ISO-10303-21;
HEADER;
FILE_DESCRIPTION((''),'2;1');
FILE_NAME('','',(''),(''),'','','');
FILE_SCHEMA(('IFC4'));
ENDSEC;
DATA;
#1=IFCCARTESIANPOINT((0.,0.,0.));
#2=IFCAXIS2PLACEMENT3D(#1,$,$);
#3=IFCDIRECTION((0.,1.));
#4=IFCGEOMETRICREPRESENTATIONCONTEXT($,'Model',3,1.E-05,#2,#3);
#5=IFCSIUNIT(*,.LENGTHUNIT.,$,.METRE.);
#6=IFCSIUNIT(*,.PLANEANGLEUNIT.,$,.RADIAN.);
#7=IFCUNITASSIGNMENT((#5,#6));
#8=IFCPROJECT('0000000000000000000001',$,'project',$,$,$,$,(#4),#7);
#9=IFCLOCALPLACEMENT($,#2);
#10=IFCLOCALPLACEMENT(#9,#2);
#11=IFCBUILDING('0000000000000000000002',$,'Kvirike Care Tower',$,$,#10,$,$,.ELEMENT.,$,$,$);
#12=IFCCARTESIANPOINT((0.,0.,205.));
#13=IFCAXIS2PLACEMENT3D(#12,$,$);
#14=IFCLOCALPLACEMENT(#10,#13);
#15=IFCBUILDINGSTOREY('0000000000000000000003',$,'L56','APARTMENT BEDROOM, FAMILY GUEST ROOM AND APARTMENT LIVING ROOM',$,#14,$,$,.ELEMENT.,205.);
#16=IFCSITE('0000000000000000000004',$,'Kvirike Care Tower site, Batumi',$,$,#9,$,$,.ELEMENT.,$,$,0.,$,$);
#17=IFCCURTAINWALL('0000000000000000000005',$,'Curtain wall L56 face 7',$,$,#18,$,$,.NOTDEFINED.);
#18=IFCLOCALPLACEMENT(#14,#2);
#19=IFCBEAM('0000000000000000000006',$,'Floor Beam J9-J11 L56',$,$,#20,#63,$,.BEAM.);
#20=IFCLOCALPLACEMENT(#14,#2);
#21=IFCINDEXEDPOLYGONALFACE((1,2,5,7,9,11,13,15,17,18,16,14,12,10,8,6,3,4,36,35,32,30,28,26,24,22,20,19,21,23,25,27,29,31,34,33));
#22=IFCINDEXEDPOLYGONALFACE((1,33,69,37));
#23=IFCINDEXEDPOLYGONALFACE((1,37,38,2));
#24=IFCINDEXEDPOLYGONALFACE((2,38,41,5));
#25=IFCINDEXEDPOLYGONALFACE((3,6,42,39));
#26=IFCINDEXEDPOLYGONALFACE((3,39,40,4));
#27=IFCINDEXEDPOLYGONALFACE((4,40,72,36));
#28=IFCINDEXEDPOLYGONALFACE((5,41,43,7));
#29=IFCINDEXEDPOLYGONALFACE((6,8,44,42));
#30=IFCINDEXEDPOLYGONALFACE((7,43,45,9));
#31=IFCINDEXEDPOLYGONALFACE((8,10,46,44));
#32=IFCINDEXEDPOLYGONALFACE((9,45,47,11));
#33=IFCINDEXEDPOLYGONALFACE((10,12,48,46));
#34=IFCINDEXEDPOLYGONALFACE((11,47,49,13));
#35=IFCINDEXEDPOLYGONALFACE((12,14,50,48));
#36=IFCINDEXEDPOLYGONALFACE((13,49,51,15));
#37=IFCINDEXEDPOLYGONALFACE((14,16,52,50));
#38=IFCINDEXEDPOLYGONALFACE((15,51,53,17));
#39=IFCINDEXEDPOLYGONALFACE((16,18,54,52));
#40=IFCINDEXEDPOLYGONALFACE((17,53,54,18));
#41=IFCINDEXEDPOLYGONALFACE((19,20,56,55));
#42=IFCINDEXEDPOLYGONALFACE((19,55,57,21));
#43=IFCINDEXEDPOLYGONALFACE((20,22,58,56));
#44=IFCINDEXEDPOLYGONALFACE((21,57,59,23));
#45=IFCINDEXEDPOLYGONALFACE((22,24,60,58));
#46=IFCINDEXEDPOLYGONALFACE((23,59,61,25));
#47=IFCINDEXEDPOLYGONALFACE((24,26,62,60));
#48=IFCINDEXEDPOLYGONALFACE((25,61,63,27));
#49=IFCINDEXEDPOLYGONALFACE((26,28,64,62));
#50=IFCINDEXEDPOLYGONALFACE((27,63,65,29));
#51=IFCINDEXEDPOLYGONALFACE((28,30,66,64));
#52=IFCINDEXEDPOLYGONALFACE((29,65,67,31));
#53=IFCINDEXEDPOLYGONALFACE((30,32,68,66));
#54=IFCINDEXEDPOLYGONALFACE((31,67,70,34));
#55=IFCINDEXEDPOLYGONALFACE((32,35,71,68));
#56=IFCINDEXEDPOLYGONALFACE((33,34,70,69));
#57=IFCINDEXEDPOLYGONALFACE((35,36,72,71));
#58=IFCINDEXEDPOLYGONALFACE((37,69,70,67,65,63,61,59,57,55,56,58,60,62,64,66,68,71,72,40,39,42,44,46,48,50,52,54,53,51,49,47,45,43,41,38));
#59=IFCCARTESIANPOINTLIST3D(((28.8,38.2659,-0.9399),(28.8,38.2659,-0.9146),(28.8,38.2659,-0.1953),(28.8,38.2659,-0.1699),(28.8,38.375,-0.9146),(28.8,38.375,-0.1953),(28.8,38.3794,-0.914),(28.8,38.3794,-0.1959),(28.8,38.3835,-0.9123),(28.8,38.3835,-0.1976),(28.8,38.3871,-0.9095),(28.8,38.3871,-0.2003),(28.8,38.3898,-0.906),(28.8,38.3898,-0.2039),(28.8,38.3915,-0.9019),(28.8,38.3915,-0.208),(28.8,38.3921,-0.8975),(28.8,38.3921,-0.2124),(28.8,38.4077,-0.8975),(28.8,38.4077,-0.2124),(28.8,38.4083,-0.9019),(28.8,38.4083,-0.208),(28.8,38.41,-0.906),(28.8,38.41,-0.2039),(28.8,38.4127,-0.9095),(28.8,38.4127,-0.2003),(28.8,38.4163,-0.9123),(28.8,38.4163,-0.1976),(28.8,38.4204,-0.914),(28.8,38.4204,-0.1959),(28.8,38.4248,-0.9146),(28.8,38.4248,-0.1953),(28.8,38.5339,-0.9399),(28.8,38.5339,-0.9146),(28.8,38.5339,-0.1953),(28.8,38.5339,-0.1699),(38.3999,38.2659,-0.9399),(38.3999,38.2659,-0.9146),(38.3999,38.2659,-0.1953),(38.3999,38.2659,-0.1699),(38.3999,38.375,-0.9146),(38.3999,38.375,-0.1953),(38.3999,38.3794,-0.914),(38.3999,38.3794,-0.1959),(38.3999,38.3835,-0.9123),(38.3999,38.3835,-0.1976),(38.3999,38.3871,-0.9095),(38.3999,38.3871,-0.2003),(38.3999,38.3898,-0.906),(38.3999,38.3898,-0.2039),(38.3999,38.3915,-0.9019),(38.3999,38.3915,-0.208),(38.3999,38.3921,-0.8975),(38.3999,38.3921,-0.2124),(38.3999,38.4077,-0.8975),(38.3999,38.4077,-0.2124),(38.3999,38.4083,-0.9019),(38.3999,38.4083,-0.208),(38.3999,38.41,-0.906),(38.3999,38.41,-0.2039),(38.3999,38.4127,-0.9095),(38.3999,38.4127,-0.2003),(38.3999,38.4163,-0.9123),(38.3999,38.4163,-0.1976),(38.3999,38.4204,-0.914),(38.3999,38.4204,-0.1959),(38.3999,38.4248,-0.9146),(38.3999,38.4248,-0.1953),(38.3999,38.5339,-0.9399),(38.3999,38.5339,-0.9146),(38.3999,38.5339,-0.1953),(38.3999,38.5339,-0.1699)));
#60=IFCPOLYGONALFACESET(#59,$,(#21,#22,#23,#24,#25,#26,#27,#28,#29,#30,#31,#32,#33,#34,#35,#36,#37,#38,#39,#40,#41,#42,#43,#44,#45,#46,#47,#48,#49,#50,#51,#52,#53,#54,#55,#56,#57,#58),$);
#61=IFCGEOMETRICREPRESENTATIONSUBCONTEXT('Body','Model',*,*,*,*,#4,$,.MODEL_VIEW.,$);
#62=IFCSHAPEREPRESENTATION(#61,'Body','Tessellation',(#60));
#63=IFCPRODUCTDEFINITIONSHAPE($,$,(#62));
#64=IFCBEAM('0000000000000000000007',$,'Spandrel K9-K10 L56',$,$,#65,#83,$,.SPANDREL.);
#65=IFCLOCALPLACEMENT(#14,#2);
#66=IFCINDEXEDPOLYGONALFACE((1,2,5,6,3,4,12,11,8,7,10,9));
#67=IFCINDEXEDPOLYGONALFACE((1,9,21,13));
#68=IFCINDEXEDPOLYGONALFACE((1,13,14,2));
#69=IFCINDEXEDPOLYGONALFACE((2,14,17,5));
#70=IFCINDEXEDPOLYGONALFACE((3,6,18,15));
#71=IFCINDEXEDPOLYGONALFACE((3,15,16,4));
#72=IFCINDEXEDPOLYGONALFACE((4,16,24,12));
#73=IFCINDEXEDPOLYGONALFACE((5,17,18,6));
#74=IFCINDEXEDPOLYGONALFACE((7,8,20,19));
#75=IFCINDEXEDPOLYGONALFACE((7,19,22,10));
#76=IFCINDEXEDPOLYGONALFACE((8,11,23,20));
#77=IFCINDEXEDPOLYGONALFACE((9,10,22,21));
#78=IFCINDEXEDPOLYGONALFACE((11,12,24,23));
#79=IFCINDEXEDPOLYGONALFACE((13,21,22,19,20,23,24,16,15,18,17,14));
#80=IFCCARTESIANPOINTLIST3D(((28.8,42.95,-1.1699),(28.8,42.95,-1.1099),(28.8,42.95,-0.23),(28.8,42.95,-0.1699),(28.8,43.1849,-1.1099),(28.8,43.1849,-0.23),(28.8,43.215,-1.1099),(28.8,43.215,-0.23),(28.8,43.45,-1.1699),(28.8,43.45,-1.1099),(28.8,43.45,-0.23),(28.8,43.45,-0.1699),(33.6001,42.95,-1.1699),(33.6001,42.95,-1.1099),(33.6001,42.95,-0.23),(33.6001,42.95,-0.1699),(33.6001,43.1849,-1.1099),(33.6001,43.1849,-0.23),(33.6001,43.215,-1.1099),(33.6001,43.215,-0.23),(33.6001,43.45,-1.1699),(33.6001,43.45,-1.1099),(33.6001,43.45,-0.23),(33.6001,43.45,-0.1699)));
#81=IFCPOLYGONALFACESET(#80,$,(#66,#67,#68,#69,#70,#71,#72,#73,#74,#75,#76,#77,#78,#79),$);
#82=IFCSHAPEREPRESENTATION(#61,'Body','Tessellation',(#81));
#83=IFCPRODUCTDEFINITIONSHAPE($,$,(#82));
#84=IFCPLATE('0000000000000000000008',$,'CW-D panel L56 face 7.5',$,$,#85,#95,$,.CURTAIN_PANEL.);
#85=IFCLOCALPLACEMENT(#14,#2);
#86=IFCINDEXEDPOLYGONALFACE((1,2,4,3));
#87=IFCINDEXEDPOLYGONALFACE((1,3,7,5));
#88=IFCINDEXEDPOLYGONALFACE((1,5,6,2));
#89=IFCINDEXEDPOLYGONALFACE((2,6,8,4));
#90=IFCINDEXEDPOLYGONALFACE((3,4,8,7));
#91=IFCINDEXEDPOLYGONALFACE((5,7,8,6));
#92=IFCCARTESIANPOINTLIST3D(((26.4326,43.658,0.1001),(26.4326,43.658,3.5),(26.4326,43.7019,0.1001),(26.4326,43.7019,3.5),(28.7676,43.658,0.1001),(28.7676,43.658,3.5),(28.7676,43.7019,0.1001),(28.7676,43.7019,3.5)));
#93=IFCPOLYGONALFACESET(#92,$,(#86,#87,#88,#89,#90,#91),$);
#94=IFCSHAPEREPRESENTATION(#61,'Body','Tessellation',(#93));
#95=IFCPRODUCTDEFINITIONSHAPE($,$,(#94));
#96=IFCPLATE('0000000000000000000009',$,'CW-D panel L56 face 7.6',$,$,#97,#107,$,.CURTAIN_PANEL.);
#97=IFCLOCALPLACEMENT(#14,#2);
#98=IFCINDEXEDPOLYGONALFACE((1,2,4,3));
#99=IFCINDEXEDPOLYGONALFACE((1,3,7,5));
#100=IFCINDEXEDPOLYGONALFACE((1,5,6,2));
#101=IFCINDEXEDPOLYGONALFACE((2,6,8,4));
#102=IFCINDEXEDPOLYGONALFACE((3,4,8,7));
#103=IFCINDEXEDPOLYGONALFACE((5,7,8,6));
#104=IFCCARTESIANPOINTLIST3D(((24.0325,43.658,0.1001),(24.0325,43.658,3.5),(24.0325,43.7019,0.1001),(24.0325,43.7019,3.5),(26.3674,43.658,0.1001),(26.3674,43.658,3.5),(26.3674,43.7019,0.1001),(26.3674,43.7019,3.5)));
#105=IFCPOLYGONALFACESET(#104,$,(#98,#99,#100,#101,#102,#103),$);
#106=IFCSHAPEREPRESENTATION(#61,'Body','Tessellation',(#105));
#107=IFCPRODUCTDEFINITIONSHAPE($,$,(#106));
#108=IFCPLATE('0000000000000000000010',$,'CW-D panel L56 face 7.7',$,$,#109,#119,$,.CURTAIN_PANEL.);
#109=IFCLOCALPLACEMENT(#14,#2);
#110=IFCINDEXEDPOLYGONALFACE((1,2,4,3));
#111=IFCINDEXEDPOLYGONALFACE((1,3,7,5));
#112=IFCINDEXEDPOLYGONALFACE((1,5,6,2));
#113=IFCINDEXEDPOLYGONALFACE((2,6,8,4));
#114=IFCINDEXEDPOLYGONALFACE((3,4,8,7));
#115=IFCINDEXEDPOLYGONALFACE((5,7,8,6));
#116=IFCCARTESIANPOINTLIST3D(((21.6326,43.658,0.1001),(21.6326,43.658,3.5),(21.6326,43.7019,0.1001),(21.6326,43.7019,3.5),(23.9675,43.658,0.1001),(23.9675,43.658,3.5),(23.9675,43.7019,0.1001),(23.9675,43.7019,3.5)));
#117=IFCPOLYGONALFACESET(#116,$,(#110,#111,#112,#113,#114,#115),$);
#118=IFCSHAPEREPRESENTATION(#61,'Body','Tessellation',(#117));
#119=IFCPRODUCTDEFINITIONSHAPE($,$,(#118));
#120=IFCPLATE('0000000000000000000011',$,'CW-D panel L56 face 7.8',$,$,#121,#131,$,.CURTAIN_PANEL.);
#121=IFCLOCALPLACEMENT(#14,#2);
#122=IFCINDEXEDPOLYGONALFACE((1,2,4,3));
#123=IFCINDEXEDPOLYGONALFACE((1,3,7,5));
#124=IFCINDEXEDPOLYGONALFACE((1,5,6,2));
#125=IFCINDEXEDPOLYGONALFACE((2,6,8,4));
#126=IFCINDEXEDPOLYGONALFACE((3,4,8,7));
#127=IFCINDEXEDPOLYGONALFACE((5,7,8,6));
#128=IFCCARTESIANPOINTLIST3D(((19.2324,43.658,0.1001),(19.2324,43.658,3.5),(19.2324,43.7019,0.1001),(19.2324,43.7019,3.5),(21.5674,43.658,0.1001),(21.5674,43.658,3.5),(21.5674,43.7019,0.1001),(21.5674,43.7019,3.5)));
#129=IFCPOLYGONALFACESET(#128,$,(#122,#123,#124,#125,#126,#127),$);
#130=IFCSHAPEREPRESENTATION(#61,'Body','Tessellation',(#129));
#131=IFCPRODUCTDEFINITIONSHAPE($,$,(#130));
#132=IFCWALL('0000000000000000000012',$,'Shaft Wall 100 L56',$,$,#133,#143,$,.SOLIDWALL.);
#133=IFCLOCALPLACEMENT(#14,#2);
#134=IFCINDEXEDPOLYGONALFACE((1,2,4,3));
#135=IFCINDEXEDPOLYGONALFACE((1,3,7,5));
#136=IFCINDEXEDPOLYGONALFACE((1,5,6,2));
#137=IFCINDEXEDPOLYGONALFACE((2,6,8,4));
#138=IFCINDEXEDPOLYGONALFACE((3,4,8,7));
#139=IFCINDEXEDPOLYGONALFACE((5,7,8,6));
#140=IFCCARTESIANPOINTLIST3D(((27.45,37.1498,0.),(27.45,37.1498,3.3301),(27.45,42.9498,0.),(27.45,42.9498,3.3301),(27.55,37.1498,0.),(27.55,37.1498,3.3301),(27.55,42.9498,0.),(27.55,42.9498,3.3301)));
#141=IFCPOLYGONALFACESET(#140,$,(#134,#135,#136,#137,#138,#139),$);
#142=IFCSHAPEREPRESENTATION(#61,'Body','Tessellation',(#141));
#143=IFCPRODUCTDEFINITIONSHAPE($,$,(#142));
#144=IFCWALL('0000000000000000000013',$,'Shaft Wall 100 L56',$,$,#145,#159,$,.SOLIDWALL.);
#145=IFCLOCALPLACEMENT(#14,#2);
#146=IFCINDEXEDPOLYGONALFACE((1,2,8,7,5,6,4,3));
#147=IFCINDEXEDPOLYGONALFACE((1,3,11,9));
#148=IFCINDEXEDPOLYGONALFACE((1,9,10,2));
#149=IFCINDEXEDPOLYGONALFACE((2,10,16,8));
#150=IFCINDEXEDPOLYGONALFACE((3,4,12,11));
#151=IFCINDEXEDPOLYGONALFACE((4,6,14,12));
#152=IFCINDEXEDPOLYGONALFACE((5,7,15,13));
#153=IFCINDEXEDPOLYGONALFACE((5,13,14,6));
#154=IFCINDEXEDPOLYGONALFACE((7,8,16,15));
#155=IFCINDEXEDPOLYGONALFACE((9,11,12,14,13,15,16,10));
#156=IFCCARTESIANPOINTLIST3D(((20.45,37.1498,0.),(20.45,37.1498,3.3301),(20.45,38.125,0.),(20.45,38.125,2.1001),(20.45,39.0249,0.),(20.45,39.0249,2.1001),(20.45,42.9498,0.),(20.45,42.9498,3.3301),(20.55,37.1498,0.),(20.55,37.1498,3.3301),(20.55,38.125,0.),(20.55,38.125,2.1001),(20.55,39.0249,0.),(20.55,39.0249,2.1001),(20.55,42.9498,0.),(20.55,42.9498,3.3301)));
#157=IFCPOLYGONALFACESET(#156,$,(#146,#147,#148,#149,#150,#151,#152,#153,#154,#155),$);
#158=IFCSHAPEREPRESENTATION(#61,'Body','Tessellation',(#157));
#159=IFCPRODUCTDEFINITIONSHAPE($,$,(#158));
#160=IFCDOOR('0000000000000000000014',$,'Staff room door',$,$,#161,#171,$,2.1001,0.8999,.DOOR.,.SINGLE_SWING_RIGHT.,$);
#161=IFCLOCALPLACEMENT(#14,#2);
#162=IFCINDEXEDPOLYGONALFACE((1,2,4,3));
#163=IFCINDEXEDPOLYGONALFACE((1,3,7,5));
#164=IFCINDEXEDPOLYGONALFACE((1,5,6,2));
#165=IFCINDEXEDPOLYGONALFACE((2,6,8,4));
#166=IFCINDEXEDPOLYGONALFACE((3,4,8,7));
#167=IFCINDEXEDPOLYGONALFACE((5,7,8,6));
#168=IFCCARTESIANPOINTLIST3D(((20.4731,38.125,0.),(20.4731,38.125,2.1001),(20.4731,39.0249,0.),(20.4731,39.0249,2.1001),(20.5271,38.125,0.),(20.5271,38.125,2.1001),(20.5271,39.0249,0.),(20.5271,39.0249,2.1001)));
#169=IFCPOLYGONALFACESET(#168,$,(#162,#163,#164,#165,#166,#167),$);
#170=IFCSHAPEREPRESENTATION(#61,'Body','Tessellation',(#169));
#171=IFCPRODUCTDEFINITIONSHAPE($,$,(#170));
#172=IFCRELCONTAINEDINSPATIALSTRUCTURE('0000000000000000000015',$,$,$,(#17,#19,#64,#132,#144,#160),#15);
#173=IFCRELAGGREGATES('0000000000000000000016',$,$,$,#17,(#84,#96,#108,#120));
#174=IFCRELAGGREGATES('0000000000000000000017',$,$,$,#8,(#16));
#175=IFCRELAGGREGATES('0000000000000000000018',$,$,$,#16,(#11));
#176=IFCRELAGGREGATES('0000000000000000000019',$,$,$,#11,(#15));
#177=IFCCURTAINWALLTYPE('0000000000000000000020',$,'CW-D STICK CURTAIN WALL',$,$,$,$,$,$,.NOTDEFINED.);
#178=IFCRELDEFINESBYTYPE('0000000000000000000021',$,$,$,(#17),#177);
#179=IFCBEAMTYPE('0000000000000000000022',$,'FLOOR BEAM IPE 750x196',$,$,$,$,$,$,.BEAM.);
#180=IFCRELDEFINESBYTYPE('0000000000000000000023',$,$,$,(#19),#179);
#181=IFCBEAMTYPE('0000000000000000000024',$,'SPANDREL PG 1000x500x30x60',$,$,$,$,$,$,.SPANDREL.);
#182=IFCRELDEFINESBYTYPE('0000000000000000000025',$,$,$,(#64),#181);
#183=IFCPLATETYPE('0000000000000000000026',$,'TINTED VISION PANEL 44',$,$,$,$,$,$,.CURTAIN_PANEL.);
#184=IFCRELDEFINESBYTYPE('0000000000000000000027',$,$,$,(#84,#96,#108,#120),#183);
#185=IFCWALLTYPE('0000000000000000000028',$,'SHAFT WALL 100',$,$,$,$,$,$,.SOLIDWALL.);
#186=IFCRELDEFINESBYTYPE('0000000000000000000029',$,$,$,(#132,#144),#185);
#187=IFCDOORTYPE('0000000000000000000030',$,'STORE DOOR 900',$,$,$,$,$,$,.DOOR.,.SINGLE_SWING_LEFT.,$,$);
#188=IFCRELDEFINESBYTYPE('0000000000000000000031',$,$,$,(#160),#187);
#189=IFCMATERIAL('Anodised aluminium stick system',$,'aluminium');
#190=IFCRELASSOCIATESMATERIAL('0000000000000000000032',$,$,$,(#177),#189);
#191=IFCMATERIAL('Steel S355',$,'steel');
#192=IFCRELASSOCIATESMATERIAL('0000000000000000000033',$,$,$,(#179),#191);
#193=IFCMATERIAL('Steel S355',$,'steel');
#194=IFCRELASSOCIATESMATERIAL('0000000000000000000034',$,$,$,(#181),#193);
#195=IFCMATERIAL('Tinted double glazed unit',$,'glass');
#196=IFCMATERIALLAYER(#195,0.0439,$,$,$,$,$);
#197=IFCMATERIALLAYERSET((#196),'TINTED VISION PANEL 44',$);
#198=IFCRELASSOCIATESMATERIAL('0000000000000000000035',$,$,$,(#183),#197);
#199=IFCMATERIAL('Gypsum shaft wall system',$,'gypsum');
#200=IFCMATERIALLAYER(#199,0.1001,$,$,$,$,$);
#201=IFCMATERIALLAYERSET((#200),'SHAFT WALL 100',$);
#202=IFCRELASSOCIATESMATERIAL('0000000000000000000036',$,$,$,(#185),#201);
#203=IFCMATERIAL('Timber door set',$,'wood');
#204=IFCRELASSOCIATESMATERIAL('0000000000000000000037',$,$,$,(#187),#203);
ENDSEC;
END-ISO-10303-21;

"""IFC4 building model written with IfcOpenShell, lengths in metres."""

from ifc_helpers import new_model, si_unit, direction, frame, frame_2d, origin, origin_2d, place, context, subcontext, project, spatial, rectangle, i_section, extrude, material, layer, layer_set, material_profile, profile_set, type_object, element, fill, aggregate, save


model = new_model("IFC4")

# Units and contexts
model_context = context("Model", 3, precision=1e-05, world=origin(), true_north=direction((0.0, 1.0)))
body_context = subcontext(model_context, "Body", "Model", "MODEL_VIEW")
ifc_project = project(units=[si_unit("LENGTHUNIT", "METRE"), si_unit("PLANEANGLEUNIT", "RADIAN")], contexts=[model_context])

# Site, building, storey
site_placement = place(None, origin())
site = spatial("IfcSite", under=ifc_project, at=site_placement, Name="Kvirike Care Tower site, Batumi", CompositionType="ELEMENT", RefElevation=0.0)
building_placement = place(site_placement, origin())
building = spatial("IfcBuilding", under=site, at=building_placement, Name="Kvirike Care Tower", CompositionType="ELEMENT")
storey_placement = place(building_placement, frame((0.0, 0.0, 205.0)))
storey = spatial("IfcBuildingStorey", under=building, at=storey_placement, Name="L56", Description="APARTMENT BEDROOM, FAMILY GUEST ROOM AND APARTMENT LIVING ROOM", CompositionType="ELEMENT", Elevation=205.0)

# Curtain wall
ifc_material_1 = material(Name="Anodised aluminium stick system", Category="aluminium")
curtain_wall_type = type_object("IfcCurtainWallType", Name="CW-D STICK CURTAIN WALL", PredefinedType="NOTDEFINED", material=ifc_material_1)
curtain_wall_placement = place(storey_placement, origin())
curtain_wall = element("IfcCurtainWall", 1, at=curtain_wall_placement, inside=storey, type_object=curtain_wall_type, Name="Curtain wall L56 face 7", PredefinedType="NOTDEFINED")

# Beams
ifc_material_2 = material(Name="Steel S355", Category="steel")
ifc_material_profile_1 = material_profile(ifc_material_2, i_section(OverallWidth=0.2681, OverallDepth=0.77, WebThickness=0.0156, FlangeThickness=0.0254, FilletRadius=0.0171, at=origin_2d()), Name="IPE 750x196")
ifc_profile_set_1 = profile_set([ifc_material_profile_1], Name="Steel S355")
beam_type_1 = type_object("IfcBeamType", Name="FLOOR BEAM IPE 750x196", PredefinedType="BEAM", material=ifc_profile_set_1)
for number, where, z_axis, x_axis, name in (
    (2, (28.8, 38.3999, -0.5549), (1.0, 0.0, 0.0), (0.0, 1.0, 0.0), "Floor Beam J9-J11 L56"),
):
    element("IfcBeam", number, at=place(storey_placement, frame(where, z_axis=z_axis, x_axis=x_axis)), inside=storey, type_object=beam_type_1, Name=name, PredefinedType="BEAM", context=body_context, shape_type="SweptSolid", body=[
        extrude(i_section(OverallWidth=0.2681, OverallDepth=0.77, WebThickness=0.0156, FlangeThickness=0.0254, FilletRadius=0.0171, at=origin_2d()), origin(), (0.0, 0.0, 1.0), 9.5999),
    ])
ifc_material_3 = material(Name="Steel S355", Category="steel")
ifc_material_profile_2 = material_profile(ifc_material_3, i_section(OverallWidth=0.5, OverallDepth=1.0, WebThickness=0.03, FlangeThickness=0.0601, at=origin_2d()), Name="PG 1000x500x30x60")
ifc_profile_set_2 = profile_set([ifc_material_profile_2], Name="Steel S355")
beam_type_2 = type_object("IfcBeamType", Name="SPANDREL PG 1000x500x30x60", PredefinedType="SPANDREL", material=ifc_profile_set_2)
beam_placement = place(storey_placement, frame((28.8, 43.2, -0.6699), z_axis=(1.0, 0.0, 0.0), x_axis=(0.0, 1.0, 0.0)))
element("IfcBeam", 3, at=beam_placement, inside=storey, type_object=beam_type_2, Name="Spandrel K9-K10 L56", PredefinedType="SPANDREL", context=body_context, shape_type="SweptSolid", body=[
    extrude(i_section(OverallWidth=0.5, OverallDepth=1.0, WebThickness=0.03, FlangeThickness=0.0601, at=origin_2d()), origin(), (0.0, 0.0, 1.0), 4.8),
])

# Plates
ifc_material_4 = material(Name="Tinted double glazed unit", Category="glass")
ifc_layer_1 = layer(ifc_material_4, 0.0439)
ifc_layer_set_1 = layer_set([ifc_layer_1], Name="TINTED VISION PANEL 44")
plate_type = type_object("IfcPlateType", Name="TINTED VISION PANEL 44", PredefinedType="CURTAIN_PANEL", material=ifc_layer_set_1)
plate_1_placement = place(storey_placement, frame((27.6001, 43.6799, 0.1001), z_axis=(0.0, 0.0, 1.0), x_axis=(-1.0, 0.0, 0.0)))
plate_1 = element("IfcPlate", 4, at=plate_1_placement, type_object=plate_type, Name="CW-D panel L56 face 7.5", PredefinedType="CURTAIN_PANEL", context=body_context, shape_type="SweptSolid", body=[
    extrude(rectangle(XDim=2.335, YDim=0.0439, at=origin_2d()), origin(), (0.0, 0.0, 1.0), 3.3999),
])
plate_2_placement = place(storey_placement, frame((25.2, 43.6799, 0.1001), z_axis=(0.0, 0.0, 1.0), x_axis=(-1.0, 0.0, 0.0)))
plate_2 = element("IfcPlate", 5, at=plate_2_placement, type_object=plate_type, Name="CW-D panel L56 face 7.6", PredefinedType="CURTAIN_PANEL", context=body_context, shape_type="SweptSolid", body=[
    extrude(rectangle(XDim=2.335, YDim=0.0439, at=origin_2d()), origin(), (0.0, 0.0, 1.0), 3.3999),
])
plate_3_placement = place(storey_placement, frame((22.8, 43.6799, 0.1001), z_axis=(0.0, 0.0, 1.0), x_axis=(-1.0, 0.0, 0.0)))
plate_3 = element("IfcPlate", 6, at=plate_3_placement, type_object=plate_type, Name="CW-D panel L56 face 7.7", PredefinedType="CURTAIN_PANEL", context=body_context, shape_type="SweptSolid", body=[
    extrude(rectangle(XDim=2.335, YDim=0.0439, at=origin_2d()), origin(), (0.0, 0.0, 1.0), 3.3999),
])
plate_4_placement = place(storey_placement, frame((20.3999, 43.6799, 0.1001), z_axis=(0.0, 0.0, 1.0), x_axis=(-1.0, 0.0, 0.0)))
plate_4 = element("IfcPlate", 7, at=plate_4_placement, type_object=plate_type, Name="CW-D panel L56 face 7.8", PredefinedType="CURTAIN_PANEL", context=body_context, shape_type="SweptSolid", body=[
    extrude(rectangle(XDim=2.335, YDim=0.0439, at=origin_2d()), origin(), (0.0, 0.0, 1.0), 3.3999),
])
aggregate(curtain_wall, [plate_1, plate_2, plate_3, plate_4])

# Wall
ifc_material_5 = material(Name="Gypsum shaft wall system", Category="gypsum")
ifc_layer_2 = layer(ifc_material_5, 0.1001)
ifc_layer_set_2 = layer_set([ifc_layer_2], Name="SHAFT WALL 100")
wall_type = type_object("IfcWallType", Name="SHAFT WALL 100", PredefinedType="SOLIDWALL", material=ifc_layer_set_2)
wall_1_placement = place(storey_placement, frame((27.5, 37.1499, 0.0), z_axis=(0.0, 0.0, 1.0), x_axis=(0.0, 1.0, 0.0)))
element("IfcWall", 8, at=wall_1_placement, inside=storey, type_object=wall_type, Name="Shaft Wall 100 L56", PredefinedType="SOLIDWALL", context=body_context, shape_type="SweptSolid", body=[
    extrude(rectangle(XDim=5.8, YDim=0.1001, at=frame_2d((2.8999, 0.0))), origin(), (0.0, 0.0, 1.0), 3.3301),
])

# Wall, opening, door
wall_2_placement = place(storey_placement, frame((20.5, 37.1499, 0.0), z_axis=(0.0, 0.0, 1.0), x_axis=(0.0, 1.0, 0.0)))
wall_2 = element("IfcWall", 9, at=wall_2_placement, inside=storey, type_object=wall_type, Name="Shaft Wall 100 L56", PredefinedType="SOLIDWALL", context=body_context, shape_type="SweptSolid", body=[
    extrude(rectangle(XDim=5.8, YDim=0.1001, at=frame_2d((2.8999, 0.0))), origin(), (0.0, 0.0, 1.0), 3.3301),
])
opening_1_placement = place(wall_2_placement, frame((0.9751, 0.0, 0.0)))
opening_1 = element("IfcOpeningElement", 10, at=opening_1_placement, cuts=wall_2, PredefinedType="OPENING", context=body_context, shape_type="SweptSolid", body=[
    extrude(rectangle(XDim=0.8999, YDim=2.1001, at=frame_2d((0.45, 1.05))), frame((0.0, 0.0605, 0.0), z_axis=(0.0, -1.0, 0.0), x_axis=(1.0, 0.0, 0.0)), (0.0, 0.0, 1.0), 0.1211),
])
ifc_material_6 = material(Name="Timber door set", Category="wood")
door_type_1 = type_object("IfcDoorType", Name="STORE DOOR 900", OperationType="SINGLE_SWING_LEFT", PredefinedType="DOOR", material=ifc_material_6)
door_1_placement = place(opening_1_placement, origin())
door_1 = element("IfcDoor", 11, at=door_1_placement, inside=storey, type_object=door_type_1, Name="Staff room door", OperationType="SINGLE_SWING_RIGHT", OverallHeight=2.1001, OverallWidth=0.8999, PredefinedType="DOOR", context=body_context, shape_type="SweptSolid", body=[
    extrude(rectangle(XDim=0.8999, YDim=2.1001, at=frame_2d((0.45, 1.05))), frame((0.0, 0.0269, 0.0), z_axis=(0.0, -1.0, 0.0), x_axis=(1.0, 0.0, 0.0)), (0.0, 0.0, 1.0), 0.054),
])
fill(opening_1, door_1)

save(model, "model.ifc")
